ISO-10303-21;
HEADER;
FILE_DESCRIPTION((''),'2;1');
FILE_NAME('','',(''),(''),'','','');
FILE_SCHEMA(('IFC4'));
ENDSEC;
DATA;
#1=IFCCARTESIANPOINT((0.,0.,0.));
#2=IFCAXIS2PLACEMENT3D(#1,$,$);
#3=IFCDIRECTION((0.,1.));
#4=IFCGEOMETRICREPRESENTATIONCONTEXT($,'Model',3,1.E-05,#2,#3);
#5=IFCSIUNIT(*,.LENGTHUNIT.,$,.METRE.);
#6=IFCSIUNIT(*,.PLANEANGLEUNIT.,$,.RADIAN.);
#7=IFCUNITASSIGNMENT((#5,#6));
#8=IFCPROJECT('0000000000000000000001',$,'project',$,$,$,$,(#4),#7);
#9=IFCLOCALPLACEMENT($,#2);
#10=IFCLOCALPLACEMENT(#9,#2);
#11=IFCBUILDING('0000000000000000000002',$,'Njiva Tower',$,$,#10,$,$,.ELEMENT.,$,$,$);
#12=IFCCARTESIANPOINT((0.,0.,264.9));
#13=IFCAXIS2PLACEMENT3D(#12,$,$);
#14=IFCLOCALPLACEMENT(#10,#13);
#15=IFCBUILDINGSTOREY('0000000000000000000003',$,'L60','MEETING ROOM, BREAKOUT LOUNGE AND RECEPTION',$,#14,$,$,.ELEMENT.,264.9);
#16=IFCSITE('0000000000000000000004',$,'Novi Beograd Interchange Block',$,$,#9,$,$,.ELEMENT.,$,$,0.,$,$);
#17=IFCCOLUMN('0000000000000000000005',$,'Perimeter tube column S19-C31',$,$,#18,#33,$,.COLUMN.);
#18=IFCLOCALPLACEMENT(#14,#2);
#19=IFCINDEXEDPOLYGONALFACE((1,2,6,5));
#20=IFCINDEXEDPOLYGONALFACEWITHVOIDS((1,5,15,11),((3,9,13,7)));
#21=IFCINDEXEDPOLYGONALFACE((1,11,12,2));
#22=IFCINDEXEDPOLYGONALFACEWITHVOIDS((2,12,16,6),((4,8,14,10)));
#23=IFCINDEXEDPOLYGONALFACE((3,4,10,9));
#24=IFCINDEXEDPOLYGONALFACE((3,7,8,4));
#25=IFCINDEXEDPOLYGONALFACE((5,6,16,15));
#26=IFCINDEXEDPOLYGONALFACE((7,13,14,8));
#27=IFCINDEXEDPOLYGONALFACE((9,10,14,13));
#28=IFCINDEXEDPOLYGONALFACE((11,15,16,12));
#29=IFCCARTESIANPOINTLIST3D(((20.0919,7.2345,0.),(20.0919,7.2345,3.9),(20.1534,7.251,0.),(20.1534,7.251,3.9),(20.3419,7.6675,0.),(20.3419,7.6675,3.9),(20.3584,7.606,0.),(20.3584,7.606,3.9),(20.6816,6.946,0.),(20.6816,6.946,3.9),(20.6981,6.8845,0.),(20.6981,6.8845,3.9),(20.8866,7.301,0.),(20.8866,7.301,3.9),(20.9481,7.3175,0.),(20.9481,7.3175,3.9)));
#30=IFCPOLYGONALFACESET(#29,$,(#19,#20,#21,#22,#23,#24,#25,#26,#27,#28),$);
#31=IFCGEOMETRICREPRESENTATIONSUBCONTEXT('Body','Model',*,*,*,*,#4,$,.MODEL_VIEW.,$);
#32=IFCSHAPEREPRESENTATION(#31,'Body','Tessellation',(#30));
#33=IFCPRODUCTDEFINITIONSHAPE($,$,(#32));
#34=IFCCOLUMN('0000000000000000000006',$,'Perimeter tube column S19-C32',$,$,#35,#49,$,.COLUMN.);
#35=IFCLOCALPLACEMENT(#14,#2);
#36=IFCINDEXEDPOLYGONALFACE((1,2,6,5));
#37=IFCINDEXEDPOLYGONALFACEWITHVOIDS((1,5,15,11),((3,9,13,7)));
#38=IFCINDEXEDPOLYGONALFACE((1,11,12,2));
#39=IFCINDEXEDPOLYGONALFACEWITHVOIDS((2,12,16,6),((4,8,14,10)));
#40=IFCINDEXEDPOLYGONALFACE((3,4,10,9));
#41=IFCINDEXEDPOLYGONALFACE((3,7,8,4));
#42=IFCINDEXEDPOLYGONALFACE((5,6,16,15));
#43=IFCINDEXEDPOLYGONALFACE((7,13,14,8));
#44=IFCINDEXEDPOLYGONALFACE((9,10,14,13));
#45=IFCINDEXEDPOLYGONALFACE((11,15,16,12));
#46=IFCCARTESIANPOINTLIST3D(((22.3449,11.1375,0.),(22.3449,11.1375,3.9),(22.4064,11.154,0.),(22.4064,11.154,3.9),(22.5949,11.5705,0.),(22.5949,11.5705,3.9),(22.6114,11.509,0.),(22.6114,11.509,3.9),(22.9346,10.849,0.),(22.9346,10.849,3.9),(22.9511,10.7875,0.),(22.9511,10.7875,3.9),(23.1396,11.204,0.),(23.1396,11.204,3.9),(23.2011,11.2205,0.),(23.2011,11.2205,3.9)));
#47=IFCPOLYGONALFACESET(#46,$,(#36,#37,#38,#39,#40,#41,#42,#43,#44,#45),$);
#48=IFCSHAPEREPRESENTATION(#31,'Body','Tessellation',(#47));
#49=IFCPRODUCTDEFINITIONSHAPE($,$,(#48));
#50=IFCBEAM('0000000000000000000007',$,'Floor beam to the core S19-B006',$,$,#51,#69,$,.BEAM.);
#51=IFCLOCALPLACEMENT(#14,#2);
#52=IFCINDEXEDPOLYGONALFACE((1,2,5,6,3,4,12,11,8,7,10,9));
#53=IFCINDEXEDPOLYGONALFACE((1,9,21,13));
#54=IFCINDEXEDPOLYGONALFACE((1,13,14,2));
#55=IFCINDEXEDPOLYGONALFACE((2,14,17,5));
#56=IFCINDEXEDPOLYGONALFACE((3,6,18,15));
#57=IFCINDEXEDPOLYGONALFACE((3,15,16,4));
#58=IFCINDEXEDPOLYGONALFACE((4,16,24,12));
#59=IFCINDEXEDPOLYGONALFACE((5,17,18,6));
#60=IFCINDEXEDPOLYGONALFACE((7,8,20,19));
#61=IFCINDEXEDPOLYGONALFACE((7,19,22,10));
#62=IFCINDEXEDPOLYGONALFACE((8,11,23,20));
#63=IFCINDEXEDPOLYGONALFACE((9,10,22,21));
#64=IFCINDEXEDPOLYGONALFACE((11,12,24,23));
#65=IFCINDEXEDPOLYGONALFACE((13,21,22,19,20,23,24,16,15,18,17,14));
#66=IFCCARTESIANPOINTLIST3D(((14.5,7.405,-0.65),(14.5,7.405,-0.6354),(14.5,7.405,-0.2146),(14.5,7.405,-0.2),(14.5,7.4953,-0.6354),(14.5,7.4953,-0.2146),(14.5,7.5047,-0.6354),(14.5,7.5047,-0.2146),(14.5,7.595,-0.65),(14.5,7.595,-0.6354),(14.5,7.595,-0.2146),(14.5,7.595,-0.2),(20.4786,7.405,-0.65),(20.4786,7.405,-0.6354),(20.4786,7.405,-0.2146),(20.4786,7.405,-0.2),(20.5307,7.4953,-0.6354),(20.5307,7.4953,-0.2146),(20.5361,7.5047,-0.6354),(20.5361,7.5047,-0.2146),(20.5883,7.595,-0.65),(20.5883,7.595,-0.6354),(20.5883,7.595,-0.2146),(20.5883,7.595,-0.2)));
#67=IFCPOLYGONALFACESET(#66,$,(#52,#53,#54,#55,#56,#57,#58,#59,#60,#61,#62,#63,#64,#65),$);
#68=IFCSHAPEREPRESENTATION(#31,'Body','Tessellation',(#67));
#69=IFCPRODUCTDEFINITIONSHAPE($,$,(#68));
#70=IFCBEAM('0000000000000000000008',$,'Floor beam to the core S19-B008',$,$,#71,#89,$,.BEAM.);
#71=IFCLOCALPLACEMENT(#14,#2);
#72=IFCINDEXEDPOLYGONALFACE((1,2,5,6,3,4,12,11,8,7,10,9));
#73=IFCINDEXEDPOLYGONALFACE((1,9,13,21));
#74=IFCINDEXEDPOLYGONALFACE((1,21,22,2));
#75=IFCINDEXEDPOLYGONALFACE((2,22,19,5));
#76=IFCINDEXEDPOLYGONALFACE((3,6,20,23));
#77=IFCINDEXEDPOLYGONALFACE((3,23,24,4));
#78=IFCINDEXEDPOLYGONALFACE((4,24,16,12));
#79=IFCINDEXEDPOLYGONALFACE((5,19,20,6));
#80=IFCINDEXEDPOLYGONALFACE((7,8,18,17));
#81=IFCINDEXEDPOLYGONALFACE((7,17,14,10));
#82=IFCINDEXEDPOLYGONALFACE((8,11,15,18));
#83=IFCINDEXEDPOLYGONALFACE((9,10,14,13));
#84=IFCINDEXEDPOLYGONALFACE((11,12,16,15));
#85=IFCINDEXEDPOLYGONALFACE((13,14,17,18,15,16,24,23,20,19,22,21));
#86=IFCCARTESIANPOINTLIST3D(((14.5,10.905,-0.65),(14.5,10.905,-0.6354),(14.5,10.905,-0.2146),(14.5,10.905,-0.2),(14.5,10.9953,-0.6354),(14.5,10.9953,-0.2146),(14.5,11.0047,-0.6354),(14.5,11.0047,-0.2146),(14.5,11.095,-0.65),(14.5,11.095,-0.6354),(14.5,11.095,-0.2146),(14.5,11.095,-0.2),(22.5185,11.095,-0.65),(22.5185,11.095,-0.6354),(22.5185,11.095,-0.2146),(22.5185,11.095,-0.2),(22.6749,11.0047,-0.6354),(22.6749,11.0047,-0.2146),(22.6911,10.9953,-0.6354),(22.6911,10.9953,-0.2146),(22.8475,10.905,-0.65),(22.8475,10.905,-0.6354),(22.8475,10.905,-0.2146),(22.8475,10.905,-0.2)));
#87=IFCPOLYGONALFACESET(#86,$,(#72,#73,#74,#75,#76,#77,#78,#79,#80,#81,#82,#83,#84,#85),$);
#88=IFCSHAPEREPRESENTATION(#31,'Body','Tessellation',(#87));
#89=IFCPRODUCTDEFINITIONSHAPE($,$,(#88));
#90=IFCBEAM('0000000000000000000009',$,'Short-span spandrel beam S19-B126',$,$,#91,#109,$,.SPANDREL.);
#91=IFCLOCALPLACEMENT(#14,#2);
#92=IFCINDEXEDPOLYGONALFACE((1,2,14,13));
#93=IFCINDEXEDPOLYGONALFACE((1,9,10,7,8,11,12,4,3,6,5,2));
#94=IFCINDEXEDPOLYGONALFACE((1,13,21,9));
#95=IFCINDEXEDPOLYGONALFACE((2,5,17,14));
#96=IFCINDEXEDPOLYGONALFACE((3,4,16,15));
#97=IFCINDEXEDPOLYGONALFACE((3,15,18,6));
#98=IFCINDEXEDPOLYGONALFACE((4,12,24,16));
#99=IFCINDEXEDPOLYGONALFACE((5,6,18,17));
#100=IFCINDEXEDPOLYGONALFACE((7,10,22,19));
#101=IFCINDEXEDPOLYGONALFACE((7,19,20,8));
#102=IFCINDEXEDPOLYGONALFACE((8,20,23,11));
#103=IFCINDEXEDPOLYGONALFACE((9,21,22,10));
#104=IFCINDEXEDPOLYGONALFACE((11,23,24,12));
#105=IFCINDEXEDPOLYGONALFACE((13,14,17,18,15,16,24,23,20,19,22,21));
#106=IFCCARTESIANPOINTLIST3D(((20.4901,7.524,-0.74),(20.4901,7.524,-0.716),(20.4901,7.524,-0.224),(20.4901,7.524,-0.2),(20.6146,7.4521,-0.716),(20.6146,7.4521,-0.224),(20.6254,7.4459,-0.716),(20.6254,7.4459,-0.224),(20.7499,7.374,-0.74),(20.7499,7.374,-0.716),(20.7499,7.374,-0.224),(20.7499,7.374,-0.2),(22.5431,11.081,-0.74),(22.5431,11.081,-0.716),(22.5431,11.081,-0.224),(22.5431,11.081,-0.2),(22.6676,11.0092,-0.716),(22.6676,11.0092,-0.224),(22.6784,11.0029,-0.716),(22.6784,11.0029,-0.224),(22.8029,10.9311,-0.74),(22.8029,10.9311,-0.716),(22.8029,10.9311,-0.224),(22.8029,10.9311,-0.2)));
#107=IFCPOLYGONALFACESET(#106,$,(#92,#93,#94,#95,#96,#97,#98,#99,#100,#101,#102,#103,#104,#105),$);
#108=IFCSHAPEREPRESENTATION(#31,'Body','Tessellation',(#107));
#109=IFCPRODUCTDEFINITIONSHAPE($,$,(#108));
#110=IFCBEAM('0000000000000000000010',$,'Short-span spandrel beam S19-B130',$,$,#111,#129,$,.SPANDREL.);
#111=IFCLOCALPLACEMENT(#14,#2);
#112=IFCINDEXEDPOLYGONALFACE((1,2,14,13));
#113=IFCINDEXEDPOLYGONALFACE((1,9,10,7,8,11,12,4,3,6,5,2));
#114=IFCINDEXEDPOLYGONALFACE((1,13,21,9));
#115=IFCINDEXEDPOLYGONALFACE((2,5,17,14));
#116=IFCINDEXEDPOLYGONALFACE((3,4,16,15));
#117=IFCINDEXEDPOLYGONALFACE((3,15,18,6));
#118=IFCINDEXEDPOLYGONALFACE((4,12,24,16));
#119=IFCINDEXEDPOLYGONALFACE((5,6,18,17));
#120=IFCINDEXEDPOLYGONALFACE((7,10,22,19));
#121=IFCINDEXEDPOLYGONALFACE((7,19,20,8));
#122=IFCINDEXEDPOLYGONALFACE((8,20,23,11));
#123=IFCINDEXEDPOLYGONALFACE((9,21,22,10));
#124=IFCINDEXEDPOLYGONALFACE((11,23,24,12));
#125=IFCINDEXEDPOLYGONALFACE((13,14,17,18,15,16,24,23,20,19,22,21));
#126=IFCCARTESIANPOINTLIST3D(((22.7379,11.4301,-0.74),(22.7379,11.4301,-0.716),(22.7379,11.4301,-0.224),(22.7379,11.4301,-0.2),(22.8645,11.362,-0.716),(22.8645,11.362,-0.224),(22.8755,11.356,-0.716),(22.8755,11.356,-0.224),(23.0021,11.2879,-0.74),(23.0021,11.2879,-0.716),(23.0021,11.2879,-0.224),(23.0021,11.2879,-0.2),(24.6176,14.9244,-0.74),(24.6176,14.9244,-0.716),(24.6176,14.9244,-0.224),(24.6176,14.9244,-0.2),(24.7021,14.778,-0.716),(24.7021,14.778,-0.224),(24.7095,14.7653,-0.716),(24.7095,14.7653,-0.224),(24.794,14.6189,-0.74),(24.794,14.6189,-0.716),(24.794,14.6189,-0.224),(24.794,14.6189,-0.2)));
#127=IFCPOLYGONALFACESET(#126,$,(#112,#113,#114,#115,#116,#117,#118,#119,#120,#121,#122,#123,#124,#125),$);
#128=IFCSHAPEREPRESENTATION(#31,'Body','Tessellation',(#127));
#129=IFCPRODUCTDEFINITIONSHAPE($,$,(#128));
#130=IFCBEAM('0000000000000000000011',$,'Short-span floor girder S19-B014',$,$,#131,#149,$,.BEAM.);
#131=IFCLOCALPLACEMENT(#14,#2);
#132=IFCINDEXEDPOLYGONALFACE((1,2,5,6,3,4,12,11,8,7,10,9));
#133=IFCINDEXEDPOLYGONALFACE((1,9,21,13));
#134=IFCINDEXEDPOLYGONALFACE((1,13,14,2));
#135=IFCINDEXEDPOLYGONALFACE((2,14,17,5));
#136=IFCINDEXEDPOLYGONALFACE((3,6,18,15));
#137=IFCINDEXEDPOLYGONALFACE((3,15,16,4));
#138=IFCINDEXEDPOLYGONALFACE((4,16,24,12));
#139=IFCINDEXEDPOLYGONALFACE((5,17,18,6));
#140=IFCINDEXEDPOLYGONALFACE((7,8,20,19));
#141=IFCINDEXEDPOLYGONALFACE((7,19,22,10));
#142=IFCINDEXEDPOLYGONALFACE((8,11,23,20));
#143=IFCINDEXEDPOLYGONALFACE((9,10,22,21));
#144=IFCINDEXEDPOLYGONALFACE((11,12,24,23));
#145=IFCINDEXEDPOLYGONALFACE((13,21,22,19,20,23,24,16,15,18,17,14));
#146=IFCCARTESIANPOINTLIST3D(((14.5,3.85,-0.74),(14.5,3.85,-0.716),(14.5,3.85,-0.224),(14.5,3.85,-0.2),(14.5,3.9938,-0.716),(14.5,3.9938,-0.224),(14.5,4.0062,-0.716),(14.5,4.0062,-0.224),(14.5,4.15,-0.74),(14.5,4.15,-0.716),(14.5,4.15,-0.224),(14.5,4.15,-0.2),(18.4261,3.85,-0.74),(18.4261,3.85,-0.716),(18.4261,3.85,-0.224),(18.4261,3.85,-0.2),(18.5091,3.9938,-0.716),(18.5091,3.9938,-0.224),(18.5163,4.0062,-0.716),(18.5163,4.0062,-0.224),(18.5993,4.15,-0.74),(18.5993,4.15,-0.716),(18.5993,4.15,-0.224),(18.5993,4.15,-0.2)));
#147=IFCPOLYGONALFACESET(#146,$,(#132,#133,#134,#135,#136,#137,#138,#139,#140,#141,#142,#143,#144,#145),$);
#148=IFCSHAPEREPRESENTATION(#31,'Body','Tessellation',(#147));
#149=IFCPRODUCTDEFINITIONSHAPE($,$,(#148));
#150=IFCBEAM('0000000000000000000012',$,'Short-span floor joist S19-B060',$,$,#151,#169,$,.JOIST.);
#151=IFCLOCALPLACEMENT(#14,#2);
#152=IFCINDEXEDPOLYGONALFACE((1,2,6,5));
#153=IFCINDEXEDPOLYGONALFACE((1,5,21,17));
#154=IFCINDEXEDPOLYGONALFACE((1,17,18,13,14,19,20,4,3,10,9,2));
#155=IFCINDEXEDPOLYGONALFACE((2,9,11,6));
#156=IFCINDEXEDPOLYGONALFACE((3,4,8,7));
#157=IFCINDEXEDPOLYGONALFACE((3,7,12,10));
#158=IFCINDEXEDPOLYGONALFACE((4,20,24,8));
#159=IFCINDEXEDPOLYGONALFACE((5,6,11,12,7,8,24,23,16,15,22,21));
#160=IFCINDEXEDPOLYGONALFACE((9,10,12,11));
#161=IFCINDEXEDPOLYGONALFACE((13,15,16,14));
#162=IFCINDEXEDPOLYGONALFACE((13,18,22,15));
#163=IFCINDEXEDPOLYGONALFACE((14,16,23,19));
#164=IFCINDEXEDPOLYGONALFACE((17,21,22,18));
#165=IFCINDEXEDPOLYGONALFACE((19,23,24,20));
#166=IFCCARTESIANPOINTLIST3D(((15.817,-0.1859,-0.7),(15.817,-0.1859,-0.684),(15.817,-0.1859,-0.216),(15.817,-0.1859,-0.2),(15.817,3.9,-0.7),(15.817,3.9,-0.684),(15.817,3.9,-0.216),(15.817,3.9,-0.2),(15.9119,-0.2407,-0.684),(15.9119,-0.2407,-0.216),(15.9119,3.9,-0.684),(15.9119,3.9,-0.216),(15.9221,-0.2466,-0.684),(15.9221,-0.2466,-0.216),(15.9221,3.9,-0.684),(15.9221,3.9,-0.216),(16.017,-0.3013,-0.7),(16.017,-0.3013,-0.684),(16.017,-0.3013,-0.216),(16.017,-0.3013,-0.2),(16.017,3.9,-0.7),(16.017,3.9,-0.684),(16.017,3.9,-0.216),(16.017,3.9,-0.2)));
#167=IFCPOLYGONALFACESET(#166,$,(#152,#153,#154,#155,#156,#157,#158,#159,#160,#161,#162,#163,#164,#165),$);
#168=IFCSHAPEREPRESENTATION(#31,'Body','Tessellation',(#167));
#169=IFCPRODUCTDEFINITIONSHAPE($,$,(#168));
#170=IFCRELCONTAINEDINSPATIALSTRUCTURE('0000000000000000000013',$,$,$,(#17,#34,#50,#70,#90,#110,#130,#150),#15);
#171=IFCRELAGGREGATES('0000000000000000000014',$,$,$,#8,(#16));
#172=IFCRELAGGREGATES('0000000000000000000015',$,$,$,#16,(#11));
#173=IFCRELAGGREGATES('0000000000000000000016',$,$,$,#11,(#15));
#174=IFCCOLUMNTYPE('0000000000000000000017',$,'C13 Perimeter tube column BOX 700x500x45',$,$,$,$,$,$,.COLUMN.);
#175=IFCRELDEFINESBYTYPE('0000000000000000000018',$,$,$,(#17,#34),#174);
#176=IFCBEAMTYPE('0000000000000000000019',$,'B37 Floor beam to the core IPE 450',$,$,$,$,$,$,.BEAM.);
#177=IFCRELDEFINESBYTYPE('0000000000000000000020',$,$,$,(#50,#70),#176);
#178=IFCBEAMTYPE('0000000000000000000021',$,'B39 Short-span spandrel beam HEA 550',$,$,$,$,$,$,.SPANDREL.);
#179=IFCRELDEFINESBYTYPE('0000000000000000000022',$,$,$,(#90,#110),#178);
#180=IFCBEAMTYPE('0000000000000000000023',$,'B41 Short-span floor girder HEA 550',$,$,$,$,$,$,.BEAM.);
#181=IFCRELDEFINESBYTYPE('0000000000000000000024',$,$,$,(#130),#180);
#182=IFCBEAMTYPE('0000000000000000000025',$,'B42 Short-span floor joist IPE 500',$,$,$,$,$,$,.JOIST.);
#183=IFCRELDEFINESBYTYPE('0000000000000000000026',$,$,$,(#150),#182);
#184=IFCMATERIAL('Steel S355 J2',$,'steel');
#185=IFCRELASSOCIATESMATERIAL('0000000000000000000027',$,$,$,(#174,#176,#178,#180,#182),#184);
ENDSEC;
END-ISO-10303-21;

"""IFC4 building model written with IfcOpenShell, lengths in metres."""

from ifc_helpers import new_model, si_unit, direction, frame, origin, origin_2d, place, context, subcontext, project, spatial, hollow_rectangle, i_section, extrude, clip, halfspace, material, material_profile, profile_set, type_object, element, save


model = new_model("IFC4")

# Units and contexts
model_context = context("Model", 3, precision=1e-05, world=origin(), true_north=direction((0.0, 1.0)))
body_context = subcontext(model_context, "Body", "Model", "MODEL_VIEW")
ifc_project = project(units=[si_unit("LENGTHUNIT", "METRE"), si_unit("PLANEANGLEUNIT", "RADIAN")], contexts=[model_context])

# Site, building, storey
site_placement = place(None, origin())
site = spatial("IfcSite", under=ifc_project, at=site_placement, Name="Novi Beograd Interchange Block", CompositionType="ELEMENT", RefElevation=0.0)
building_placement = place(site_placement, origin())
building = spatial("IfcBuilding", under=site, at=building_placement, Name="Njiva Tower", CompositionType="ELEMENT")
storey_placement = place(building_placement, frame((0.0, 0.0, 264.9)))
storey = spatial("IfcBuildingStorey", under=building, at=storey_placement, Name="L60", Description="MEETING ROOM, BREAKOUT LOUNGE AND RECEPTION", CompositionType="ELEMENT", Elevation=264.9)

# Columns
ifc_material_1 = material(Name="Steel S355 J2", Category="steel")
ifc_material_profile_1 = material_profile(ifc_material_1, hollow_rectangle(XDim=0.5, YDim=0.7, WallThickness=0.045, at=origin_2d()), Name="BOX 700x500x45")
ifc_profile_set_1 = profile_set([ifc_material_profile_1], Name="Steel S355 J2")
column_type = type_object("IfcColumnType", Name="C13 Perimeter tube column BOX 700x500x45", PredefinedType="COLUMN", material=ifc_profile_set_1)
for number, where, z_axis, x_axis, name in (
    (1, (20.52, 7.276, 0.0), (0.0, 0.0, 1.0), (0.5, 0.866025, 0.0), "Perimeter tube column S19-C31"),
    (2, (22.773, 11.179, 0.0), (0.0, 0.0, 1.0), (0.5, 0.866025, 0.0), "Perimeter tube column S19-C32"),
):
    element("IfcColumn", number, at=place(storey_placement, frame(where, z_axis=z_axis, x_axis=x_axis)), inside=storey, type_object=column_type, Name=name, PredefinedType="COLUMN", context=body_context, shape_type="SweptSolid", body=[
        extrude(hollow_rectangle(XDim=0.5, YDim=0.7, WallThickness=0.045, at=origin_2d()), origin(), (0.0, 0.0, 1.0), 3.9),
    ])

# Beams
ifc_material_profile_2 = material_profile(ifc_material_1, i_section(OverallWidth=0.19, OverallDepth=0.45, WebThickness=0.0094, FlangeThickness=0.0146, at=origin_2d()), Name="IPE 450")
ifc_profile_set_2 = profile_set([ifc_material_profile_2], Name="Steel S355 J2")
beam_type_1 = type_object("IfcBeamType", Name="B37 Floor beam to the core IPE 450", PredefinedType="BEAM", material=ifc_profile_set_2)
beam_1_placement = place(storey_placement, frame((14.5, 7.5, -0.425), z_axis=(1.0, 0.0, 0.0), x_axis=(0.0, 1.0, 0.0)))
element("IfcBeam", 3, at=beam_1_placement, inside=storey, type_object=beam_type_1, Name="Floor beam to the core S19-B006", PredefinedType="BEAM", context=body_context, shape_type="Clipping", body=[
    clip(extrude(i_section(OverallWidth=0.19, OverallDepth=0.45, WebThickness=0.0094, FlangeThickness=0.0146, at=origin_2d()), origin(), (0.0, 0.0, 1.0), 6.108), halfspace(frame((-0.025, 0.0, 6.019), z_axis=(-0.499998, 0.0, 0.866027), x_axis=(0.0, 1.0, 0.0)), False)),
])
beam_2_placement = place(storey_placement, frame((14.5, 11.0, -0.425), z_axis=(1.0, 0.0, 0.0), x_axis=(0.0, 1.0, 0.0)))
element("IfcBeam", 4, at=beam_2_placement, inside=storey, type_object=beam_type_1, Name="Floor beam to the core S19-B008", PredefinedType="BEAM", context=body_context, shape_type="Clipping", body=[
    clip(extrude(i_section(OverallWidth=0.19, OverallDepth=0.45, WebThickness=0.0094, FlangeThickness=0.0146, at=origin_2d()), origin(), (0.0, 0.0, 1.0), 8.368), halfspace(frame((0.0433, 0.0, 8.108), z_axis=(0.866027, 0.0, 0.499998), x_axis=(0.0, 1.0, 0.0)), False)),
])
ifc_material_profile_3 = material_profile(ifc_material_1, i_section(OverallWidth=0.3, OverallDepth=0.54, WebThickness=0.0125, FlangeThickness=0.024, at=origin_2d()), Name="HEA 550")
ifc_profile_set_3 = profile_set([ifc_material_profile_3], Name="Steel S355 J2")
beam_type_2 = type_object("IfcBeamType", Name="B39 Short-span spandrel beam HEA 550", PredefinedType="SPANDREL", material=ifc_profile_set_3)
beam_3_placement = place(storey_placement, frame((20.62, 7.449, -0.47), z_axis=(0.499884, 0.866092, 0.0), x_axis=(-0.866092, 0.499884, 0.0)))
element("IfcBeam", 5, at=beam_3_placement, inside=storey, type_object=beam_type_2, Name="Short-span spandrel beam S19-B126", PredefinedType="SPANDREL", context=body_context, shape_type="SweptSolid", body=[
    extrude(i_section(OverallWidth=0.3, OverallDepth=0.54, WebThickness=0.0125, FlangeThickness=0.024, at=origin_2d()), origin(), (0.0, 0.0, 1.0), 4.107),
])
beam_4_placement = place(storey_placement, frame((22.87, 11.359, -0.47), z_axis=(0.473746, 0.880662, 0.0), x_axis=(-0.880662, 0.473746, 0.0)))
element("IfcBeam", 6, at=beam_4_placement, inside=storey, type_object=beam_type_2, Name="Short-span spandrel beam S19-B130", PredefinedType="SPANDREL", context=body_context, shape_type="Clipping", body=[
    clip(extrude(i_section(OverallWidth=0.3, OverallDepth=0.54, WebThickness=0.0125, FlangeThickness=0.024, at=origin_2d()), origin(), (0.0, 0.0, 1.0), 3.9885), halfspace(frame((-0.0262, 0.0, 3.8589), z_axis=(-0.525804, 0.0, 0.850606), x_axis=(0.0, 1.0, 0.0)), False)),
])
ifc_material_profile_4 = material_profile(ifc_material_1, i_section(OverallWidth=0.3, OverallDepth=0.54, WebThickness=0.0125, FlangeThickness=0.024, at=origin_2d()), Name="HEA 550")
ifc_profile_set_4 = profile_set([ifc_material_profile_4], Name="Steel S355 J2")
beam_type_3 = type_object("IfcBeamType", Name="B41 Short-span floor girder HEA 550", PredefinedType="BEAM", material=ifc_profile_set_4)
beam_5_placement = place(storey_placement, frame((14.5, 4.0, -0.47), z_axis=(1.0, 0.0, 0.0), x_axis=(0.0, 1.0, 0.0)))
element("IfcBeam", 7, at=beam_5_placement, inside=storey, type_object=beam_type_3, Name="Short-span floor girder S19-B014", PredefinedType="BEAM", context=body_context, shape_type="Clipping", body=[
    clip(extrude(i_section(OverallWidth=0.3, OverallDepth=0.54, WebThickness=0.0125, FlangeThickness=0.024, at=origin_2d()), origin(), (0.0, 0.0, 1.0), 4.12), halfspace(frame((-0.025, 0.0, 3.9983), z_axis=(-0.499998, 0.0, 0.866027), x_axis=(0.0, 1.0, 0.0)), False)),
])
ifc_material_profile_5 = material_profile(ifc_material_1, i_section(OverallWidth=0.2, OverallDepth=0.5, WebThickness=0.0102, FlangeThickness=0.016, at=origin_2d()), Name="IPE 500")
ifc_profile_set_5 = profile_set([ifc_material_profile_5], Name="Steel S355 J2")
beam_type_4 = type_object("IfcBeamType", Name="B42 Short-span floor joist IPE 500", PredefinedType="JOIST", material=ifc_profile_set_5)
beam_6_placement = place(storey_placement, frame((15.917, 3.9, -0.45), z_axis=(0.0, -1.0, 0.0), x_axis=(1.0, 0.0, 0.0)))
element("IfcBeam", 8, at=beam_6_placement, inside=storey, type_object=beam_type_4, Name="Short-span floor joist S19-B060", PredefinedType="JOIST", context=body_context, shape_type="Clipping", body=[
    clip(extrude(i_section(OverallWidth=0.2, OverallDepth=0.5, WebThickness=0.0102, FlangeThickness=0.016, at=origin_2d()), origin(), (0.0, 0.0, 1.0), 4.221), halfspace(frame((-0.0253, 0.0, 4.129), z_axis=(-0.499998, 0.0, 0.866027), x_axis=(0.0, 1.0, 0.0)), False)),
])

save(model, "model.ifc")
